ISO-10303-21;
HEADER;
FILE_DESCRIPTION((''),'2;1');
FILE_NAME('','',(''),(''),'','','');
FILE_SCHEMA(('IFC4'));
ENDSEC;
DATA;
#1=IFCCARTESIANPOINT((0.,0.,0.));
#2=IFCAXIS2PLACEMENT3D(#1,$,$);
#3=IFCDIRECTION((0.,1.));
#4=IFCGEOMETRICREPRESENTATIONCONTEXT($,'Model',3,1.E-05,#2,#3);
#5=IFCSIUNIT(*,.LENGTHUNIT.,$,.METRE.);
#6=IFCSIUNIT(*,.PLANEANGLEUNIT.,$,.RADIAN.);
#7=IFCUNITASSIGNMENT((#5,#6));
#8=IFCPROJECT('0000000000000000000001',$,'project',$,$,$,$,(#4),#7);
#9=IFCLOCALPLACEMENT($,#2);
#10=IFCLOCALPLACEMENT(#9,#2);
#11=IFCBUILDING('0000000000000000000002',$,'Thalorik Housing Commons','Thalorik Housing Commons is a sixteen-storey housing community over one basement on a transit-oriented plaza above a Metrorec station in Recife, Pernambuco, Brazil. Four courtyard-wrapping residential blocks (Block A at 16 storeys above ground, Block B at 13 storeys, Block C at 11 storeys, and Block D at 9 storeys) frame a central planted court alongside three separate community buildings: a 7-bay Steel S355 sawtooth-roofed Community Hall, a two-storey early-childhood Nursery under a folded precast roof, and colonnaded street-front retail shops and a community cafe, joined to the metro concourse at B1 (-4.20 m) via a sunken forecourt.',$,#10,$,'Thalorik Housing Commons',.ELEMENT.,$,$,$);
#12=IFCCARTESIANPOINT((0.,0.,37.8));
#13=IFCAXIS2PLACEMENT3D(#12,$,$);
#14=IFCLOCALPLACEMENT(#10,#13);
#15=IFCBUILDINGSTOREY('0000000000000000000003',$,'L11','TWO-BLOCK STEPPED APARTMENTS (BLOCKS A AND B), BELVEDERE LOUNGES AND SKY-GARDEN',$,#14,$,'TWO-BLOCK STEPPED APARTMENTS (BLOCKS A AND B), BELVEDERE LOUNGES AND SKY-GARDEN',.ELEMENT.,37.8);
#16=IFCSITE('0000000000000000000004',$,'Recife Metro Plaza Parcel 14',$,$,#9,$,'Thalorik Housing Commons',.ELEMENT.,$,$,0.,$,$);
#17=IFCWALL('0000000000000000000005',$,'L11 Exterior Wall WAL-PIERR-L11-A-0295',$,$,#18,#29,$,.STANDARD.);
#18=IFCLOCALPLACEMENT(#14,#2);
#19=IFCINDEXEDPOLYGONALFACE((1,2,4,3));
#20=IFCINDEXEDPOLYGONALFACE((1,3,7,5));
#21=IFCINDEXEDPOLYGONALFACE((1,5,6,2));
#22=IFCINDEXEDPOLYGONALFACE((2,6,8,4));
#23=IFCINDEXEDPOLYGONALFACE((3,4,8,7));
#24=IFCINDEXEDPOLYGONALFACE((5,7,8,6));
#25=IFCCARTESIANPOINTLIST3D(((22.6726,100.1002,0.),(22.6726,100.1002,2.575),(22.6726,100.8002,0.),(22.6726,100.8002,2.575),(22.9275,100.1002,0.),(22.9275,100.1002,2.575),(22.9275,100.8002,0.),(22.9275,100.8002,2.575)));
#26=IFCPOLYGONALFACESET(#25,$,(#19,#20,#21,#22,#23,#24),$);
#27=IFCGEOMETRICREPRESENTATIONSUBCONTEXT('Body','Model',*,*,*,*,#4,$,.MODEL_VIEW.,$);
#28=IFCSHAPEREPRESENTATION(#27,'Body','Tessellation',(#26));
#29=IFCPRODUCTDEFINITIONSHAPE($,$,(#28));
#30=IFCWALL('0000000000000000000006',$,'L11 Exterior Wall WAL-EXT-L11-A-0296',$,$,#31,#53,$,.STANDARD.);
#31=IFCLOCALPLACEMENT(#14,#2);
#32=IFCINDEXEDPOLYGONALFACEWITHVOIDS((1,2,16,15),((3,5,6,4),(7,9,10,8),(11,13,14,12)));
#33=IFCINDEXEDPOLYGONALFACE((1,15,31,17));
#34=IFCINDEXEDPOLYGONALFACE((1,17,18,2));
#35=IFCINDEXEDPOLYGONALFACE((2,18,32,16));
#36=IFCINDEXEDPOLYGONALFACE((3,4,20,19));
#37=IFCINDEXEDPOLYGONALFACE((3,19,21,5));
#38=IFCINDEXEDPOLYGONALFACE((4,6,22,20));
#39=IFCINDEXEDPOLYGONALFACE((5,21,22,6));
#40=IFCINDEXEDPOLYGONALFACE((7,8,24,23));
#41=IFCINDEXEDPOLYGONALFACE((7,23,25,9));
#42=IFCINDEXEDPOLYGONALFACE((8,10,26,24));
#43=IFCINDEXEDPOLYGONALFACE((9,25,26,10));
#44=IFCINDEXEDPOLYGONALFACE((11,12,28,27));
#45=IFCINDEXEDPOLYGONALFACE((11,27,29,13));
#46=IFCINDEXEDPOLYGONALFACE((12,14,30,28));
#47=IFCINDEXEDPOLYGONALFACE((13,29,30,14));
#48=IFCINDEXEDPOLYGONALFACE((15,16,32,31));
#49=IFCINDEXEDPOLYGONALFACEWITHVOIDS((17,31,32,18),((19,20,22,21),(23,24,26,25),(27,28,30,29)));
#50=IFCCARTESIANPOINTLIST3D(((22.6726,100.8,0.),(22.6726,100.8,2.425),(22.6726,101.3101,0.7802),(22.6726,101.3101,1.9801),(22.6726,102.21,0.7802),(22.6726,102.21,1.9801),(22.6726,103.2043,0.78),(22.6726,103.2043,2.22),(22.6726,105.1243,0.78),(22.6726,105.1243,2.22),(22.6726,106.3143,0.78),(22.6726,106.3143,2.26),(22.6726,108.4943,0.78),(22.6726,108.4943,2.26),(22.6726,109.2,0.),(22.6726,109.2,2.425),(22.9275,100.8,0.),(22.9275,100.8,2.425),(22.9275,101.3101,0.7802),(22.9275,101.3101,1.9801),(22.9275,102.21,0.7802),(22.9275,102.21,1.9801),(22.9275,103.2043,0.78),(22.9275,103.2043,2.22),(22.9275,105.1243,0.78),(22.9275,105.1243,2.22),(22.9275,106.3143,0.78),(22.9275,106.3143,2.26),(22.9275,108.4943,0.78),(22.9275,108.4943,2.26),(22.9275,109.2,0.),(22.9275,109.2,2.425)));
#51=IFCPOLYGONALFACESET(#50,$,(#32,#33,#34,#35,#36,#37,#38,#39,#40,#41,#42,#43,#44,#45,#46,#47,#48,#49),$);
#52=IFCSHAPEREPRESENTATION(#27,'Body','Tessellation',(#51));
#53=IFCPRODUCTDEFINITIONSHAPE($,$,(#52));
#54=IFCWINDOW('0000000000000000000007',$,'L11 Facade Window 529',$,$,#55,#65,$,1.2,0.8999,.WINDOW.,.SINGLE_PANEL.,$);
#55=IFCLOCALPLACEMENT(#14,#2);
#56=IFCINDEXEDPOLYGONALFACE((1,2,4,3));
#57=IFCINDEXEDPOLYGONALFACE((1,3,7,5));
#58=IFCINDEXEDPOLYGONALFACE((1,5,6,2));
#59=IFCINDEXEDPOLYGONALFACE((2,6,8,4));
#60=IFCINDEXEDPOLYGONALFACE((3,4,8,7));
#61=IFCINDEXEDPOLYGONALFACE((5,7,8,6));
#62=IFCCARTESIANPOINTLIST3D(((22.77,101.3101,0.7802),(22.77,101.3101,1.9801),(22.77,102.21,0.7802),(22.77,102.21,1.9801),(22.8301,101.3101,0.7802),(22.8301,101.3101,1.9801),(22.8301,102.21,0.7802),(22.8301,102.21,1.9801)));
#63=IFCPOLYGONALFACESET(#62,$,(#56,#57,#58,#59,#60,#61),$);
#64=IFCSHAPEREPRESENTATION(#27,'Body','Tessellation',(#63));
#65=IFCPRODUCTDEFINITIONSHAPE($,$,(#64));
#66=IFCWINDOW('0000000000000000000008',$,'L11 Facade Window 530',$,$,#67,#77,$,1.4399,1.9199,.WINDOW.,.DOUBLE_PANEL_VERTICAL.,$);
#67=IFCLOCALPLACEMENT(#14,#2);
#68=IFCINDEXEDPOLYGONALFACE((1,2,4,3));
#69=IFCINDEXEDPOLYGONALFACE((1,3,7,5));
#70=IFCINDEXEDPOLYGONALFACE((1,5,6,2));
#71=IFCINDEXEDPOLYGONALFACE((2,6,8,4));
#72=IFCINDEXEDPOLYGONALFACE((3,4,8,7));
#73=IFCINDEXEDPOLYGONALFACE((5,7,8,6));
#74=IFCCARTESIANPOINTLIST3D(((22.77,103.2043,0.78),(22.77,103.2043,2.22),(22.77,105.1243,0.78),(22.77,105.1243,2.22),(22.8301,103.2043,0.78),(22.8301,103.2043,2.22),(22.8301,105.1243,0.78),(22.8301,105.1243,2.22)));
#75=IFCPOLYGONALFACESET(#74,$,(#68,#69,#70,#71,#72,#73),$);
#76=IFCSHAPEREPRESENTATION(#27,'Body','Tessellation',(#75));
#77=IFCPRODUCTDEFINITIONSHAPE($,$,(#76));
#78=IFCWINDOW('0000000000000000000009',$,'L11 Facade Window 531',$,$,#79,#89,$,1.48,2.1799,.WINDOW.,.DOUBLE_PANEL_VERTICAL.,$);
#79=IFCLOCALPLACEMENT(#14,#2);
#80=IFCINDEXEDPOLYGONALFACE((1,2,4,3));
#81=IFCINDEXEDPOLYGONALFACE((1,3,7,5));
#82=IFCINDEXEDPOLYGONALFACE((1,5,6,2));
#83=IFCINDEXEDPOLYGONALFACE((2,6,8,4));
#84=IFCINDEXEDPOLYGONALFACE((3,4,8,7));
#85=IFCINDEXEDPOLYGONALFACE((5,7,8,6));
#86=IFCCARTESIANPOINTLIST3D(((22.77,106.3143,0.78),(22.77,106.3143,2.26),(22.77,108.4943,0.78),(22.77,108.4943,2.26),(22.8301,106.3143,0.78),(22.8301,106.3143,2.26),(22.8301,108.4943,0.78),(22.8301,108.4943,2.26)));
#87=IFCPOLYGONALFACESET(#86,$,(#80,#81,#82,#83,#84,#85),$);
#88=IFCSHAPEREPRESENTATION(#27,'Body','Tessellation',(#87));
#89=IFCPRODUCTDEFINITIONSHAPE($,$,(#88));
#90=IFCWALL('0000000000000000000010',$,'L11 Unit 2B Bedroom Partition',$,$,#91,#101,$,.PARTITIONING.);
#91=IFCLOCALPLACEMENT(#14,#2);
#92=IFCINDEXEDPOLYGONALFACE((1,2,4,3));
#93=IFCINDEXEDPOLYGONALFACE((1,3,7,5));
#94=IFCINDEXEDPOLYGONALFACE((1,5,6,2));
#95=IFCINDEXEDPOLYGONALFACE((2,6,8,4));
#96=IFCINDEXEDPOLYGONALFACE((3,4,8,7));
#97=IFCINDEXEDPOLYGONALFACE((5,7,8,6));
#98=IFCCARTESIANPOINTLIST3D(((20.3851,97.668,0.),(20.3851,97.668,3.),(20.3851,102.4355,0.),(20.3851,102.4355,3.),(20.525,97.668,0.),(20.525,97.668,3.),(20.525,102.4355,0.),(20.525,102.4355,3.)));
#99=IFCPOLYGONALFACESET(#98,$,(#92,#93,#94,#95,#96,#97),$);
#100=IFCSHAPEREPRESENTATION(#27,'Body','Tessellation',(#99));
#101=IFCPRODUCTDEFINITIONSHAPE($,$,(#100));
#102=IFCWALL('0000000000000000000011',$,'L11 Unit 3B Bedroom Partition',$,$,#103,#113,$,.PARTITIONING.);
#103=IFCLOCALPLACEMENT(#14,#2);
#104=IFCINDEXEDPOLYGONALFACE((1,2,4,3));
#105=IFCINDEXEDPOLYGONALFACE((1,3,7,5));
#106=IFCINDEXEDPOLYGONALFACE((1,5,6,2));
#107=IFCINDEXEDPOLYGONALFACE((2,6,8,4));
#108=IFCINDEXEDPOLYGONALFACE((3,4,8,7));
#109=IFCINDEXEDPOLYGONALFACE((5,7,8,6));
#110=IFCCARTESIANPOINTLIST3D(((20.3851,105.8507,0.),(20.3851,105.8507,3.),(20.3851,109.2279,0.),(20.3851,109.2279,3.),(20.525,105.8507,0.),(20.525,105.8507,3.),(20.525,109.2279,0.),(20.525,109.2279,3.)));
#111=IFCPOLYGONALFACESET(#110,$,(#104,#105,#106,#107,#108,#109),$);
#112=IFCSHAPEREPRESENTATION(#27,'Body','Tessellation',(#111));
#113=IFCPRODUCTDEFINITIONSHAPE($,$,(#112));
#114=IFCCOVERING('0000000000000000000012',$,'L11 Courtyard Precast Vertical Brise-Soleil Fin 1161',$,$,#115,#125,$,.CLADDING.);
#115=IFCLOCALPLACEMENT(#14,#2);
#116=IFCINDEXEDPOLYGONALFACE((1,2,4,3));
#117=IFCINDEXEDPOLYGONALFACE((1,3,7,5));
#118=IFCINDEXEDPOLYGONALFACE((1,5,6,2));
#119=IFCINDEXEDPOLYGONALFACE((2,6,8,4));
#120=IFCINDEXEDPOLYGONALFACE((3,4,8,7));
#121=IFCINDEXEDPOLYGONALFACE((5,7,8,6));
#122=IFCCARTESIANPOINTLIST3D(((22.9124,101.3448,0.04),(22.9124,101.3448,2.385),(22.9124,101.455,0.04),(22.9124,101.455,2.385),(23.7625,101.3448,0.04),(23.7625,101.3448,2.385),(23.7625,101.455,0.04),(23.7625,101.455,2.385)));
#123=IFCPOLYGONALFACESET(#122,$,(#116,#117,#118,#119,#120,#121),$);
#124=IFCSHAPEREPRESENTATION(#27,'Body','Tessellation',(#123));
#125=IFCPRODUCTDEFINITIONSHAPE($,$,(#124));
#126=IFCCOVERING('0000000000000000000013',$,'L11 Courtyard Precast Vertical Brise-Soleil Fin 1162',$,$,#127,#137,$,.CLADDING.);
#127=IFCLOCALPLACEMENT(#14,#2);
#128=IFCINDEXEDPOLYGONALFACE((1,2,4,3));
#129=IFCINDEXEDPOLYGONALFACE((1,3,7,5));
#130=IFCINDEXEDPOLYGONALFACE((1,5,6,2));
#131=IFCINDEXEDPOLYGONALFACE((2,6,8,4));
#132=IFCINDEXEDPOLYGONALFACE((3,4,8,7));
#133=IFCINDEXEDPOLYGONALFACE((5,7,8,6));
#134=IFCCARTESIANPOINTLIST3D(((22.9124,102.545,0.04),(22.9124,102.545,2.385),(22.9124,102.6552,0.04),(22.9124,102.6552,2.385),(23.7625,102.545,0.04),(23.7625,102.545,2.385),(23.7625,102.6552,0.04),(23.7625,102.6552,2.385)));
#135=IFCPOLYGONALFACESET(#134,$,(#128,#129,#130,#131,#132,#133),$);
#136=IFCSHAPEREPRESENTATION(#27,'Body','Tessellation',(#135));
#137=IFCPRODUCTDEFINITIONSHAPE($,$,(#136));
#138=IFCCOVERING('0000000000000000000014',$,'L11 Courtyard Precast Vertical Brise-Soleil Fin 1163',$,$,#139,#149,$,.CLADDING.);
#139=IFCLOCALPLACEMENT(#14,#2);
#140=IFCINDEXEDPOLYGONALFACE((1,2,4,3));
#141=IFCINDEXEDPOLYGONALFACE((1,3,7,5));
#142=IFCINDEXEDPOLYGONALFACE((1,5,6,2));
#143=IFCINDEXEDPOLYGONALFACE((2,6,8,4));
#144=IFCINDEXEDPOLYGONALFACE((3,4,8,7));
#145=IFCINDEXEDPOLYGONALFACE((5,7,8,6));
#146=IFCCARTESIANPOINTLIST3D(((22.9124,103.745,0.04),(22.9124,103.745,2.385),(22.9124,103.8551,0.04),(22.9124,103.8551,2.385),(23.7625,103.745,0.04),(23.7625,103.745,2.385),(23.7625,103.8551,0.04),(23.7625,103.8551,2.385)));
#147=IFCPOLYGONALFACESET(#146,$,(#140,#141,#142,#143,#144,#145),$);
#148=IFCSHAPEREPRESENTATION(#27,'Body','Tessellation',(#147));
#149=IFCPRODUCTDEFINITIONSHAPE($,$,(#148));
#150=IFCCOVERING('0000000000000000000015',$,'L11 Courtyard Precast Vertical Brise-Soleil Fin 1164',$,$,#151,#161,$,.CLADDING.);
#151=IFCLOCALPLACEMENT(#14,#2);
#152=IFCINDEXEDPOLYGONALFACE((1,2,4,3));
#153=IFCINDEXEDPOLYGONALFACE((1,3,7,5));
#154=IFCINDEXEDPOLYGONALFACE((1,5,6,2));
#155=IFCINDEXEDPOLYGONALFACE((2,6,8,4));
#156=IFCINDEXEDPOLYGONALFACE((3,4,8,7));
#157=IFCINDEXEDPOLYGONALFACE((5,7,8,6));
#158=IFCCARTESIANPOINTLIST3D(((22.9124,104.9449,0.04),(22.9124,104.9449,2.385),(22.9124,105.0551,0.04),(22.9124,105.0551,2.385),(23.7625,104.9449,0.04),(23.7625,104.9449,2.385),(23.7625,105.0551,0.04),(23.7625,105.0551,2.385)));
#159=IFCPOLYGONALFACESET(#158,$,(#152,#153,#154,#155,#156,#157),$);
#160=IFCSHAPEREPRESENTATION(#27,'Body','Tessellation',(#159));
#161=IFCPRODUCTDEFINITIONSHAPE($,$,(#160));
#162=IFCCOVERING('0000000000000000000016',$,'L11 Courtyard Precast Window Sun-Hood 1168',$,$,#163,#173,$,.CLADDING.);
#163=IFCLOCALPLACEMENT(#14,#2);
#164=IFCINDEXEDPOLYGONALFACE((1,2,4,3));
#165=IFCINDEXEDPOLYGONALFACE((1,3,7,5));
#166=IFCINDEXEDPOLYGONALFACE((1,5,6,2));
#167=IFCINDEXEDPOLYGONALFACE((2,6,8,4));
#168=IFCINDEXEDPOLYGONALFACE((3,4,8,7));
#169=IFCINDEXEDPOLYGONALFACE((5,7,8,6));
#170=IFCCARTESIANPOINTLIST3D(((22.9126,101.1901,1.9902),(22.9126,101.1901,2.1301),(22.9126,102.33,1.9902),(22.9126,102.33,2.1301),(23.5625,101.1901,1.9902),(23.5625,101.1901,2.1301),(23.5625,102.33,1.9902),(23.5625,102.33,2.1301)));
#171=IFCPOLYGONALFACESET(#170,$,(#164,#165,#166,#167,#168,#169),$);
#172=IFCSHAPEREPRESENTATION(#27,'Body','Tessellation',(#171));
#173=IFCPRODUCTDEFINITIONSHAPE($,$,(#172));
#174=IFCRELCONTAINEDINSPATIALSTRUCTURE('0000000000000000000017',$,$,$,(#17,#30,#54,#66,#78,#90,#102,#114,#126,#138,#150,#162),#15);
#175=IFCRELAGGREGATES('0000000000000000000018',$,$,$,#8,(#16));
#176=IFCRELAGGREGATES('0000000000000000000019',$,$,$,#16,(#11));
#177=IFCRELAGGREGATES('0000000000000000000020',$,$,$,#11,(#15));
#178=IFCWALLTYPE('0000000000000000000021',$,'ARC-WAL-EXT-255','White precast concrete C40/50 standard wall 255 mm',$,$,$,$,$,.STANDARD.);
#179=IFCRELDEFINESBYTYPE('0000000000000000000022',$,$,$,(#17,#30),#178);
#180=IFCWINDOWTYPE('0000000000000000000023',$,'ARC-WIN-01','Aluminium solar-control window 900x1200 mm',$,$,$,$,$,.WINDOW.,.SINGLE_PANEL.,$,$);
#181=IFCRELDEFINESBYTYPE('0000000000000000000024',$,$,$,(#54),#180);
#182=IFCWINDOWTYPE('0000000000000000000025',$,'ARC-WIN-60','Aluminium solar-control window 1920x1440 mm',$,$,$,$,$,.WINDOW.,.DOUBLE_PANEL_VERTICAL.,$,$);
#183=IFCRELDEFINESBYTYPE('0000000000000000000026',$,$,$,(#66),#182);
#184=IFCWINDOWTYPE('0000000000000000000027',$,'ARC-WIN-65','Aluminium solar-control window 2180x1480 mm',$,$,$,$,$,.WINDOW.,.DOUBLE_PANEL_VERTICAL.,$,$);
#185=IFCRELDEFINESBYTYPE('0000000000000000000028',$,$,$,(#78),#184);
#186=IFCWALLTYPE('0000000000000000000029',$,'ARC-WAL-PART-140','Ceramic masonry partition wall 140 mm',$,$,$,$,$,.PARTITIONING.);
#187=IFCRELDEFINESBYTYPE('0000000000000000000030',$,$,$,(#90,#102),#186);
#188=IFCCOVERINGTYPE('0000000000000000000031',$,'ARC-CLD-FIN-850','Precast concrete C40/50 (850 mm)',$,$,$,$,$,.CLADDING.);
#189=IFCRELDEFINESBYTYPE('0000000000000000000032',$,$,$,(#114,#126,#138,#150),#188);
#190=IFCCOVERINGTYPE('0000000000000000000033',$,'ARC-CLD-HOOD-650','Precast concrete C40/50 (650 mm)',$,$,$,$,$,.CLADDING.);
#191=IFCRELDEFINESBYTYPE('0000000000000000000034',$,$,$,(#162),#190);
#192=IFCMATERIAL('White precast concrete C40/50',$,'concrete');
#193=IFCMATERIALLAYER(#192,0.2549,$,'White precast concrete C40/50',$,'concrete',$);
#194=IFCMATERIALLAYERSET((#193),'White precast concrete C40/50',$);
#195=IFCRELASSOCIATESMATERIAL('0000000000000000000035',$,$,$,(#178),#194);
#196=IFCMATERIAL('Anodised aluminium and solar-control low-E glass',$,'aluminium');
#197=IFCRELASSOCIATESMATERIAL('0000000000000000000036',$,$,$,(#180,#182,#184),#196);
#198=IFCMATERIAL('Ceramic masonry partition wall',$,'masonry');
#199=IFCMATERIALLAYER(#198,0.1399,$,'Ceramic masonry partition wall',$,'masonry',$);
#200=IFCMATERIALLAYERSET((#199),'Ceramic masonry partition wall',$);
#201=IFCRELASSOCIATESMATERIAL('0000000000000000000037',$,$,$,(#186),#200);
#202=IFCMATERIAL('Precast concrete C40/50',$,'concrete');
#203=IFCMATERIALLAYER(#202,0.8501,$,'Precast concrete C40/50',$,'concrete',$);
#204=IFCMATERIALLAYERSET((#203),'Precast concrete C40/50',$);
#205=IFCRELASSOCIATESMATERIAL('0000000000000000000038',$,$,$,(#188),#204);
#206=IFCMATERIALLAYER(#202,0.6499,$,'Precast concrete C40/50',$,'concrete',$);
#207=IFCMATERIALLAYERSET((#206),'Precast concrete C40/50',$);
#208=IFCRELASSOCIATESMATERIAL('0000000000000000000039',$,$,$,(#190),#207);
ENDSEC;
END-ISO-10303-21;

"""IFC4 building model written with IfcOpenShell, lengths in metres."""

from ifc_helpers import new_model, si_unit, direction, frame, frame_2d, origin, origin_2d, place, context, subcontext, project, spatial, rectangle, extrude, material, layer, layer_set, type_object, element, fill, save


model = new_model("IFC4")

# Units and contexts
model_context = context("Model", 3, precision=1e-05, world=origin(), true_north=direction((0.0, 1.0)))
body_context = subcontext(model_context, "Body", "Model", "MODEL_VIEW")
ifc_project = project(units=[si_unit("LENGTHUNIT", "METRE"), si_unit("PLANEANGLEUNIT", "RADIAN")], contexts=[model_context])

# Site, building, storey
site_placement = place(None, origin())
site = spatial("IfcSite", under=ifc_project, at=site_placement, Name="Recife Metro Plaza Parcel 14", LongName="Thalorik Housing Commons", CompositionType="ELEMENT", RefElevation=0.0)
building_placement = place(site_placement, origin())
building = spatial("IfcBuilding", under=site, at=building_placement, Name="Thalorik Housing Commons", Description="Thalorik Housing Commons is a sixteen-storey housing community over one basement on a transit-oriented plaza above a Metrorec station in Recife, Pernambuco, Brazil. Four courtyard-wrapping residential blocks (Block A at 16 storeys above ground, Block B at 13 storeys, Block C at 11 storeys, and Block D at 9 storeys) frame a central planted court alongside three separate community buildings: a 7-bay Steel S355 sawtooth-roofed Community Hall, a two-storey early-childhood Nursery under a folded precast roof, and colonnaded street-front retail shops and a community cafe, joined to the metro concourse at B1 (-4.20 m) via a sunken forecourt.", LongName="Thalorik Housing Commons", CompositionType="ELEMENT")
storey_placement = place(building_placement, frame((0.0, 0.0, 37.8)))
storey = spatial("IfcBuildingStorey", under=building, at=storey_placement, Name="L11", Description="TWO-BLOCK STEPPED APARTMENTS (BLOCKS A AND B), BELVEDERE LOUNGES AND SKY-GARDEN", LongName="TWO-BLOCK STEPPED APARTMENTS (BLOCKS A AND B), BELVEDERE LOUNGES AND SKY-GARDEN", CompositionType="ELEMENT", Elevation=37.8)

# Shared definitions
ifc_material_1 = material(Name="Precast concrete C40/50", Category="concrete")

# Shared definitions
ifc_material_2 = material(Name="Anodised aluminium and solar-control low-E glass", Category="aluminium")

# Wall
ifc_material_3 = material(Name="White precast concrete C40/50", Category="concrete")
ifc_layer_1 = layer(ifc_material_3, 0.2549, Name="White precast concrete C40/50", Category="concrete")
ifc_layer_set_1 = layer_set([ifc_layer_1], Name="White precast concrete C40/50")
wall_type_1 = type_object("IfcWallType", Name="ARC-WAL-EXT-255", Description="White precast concrete C40/50 standard wall 255 mm", PredefinedType="STANDARD", material=ifc_layer_set_1)
wall_1_placement = place(storey_placement, frame((22.8, 100.1001, 0.0), z_axis=(0.0, 0.0, 1.0), x_axis=(0.0, 1.0, 0.0)))
element("IfcWall", 1, at=wall_1_placement, inside=storey, type_object=wall_type_1, Name="L11 Exterior Wall WAL-PIERR-L11-A-0295", PredefinedType="STANDARD", context=body_context, shape_type="SweptSolid", body=[
    extrude(rectangle(XDim=0.7, YDim=0.2549, at=frame_2d((0.3501, 0.0))), origin(), (0.0, 0.0, 1.0), 2.575),
])

# Wall, openings, windows
wall_2_placement = place(storey_placement, frame((22.8, 100.8, 0.0), z_axis=(0.0, 0.0, 1.0), x_axis=(0.0, 1.0, 0.0)))
wall_2 = element("IfcWall", 2, at=wall_2_placement, inside=storey, type_object=wall_type_1, Name="L11 Exterior Wall WAL-EXT-L11-A-0296", PredefinedType="STANDARD", context=body_context, shape_type="SweptSolid", body=[
    extrude(rectangle(XDim=8.3999, YDim=0.2549, at=frame_2d((4.2, 0.0))), origin(), (0.0, 0.0, 1.0), 2.425),
])
opening_1_placement = place(wall_2_placement, frame((0.51, 0.0, 0.78)))
opening_1 = element("IfcOpeningElement", 3, at=opening_1_placement, cuts=wall_2, PredefinedType="OPENING", context=body_context, shape_type="SweptSolid", body=[
    extrude(rectangle(XDim=0.8999, YDim=1.2, at=frame_2d((0.45, 0.6001))), frame((0.0, 0.1375, 0.0), z_axis=(0.0, -1.0, 0.0), x_axis=(1.0, 0.0, 0.0)), (0.0, 0.0, 1.0), 0.2749),
])
opening_2_placement = place(wall_2_placement, frame((2.4043, 0.0, 0.78)))
opening_2 = element("IfcOpeningElement", 4, at=opening_2_placement, cuts=wall_2, PredefinedType="OPENING", context=body_context, shape_type="SweptSolid", body=[
    extrude(rectangle(XDim=1.9199, YDim=1.4399, at=frame_2d((0.96, 0.72))), frame((0.0, 0.1375, 0.0), z_axis=(0.0, -1.0, 0.0), x_axis=(1.0, 0.0, 0.0)), (0.0, 0.0, 1.0), 0.2749),
])
opening_3_placement = place(wall_2_placement, frame((5.5144, 0.0, 0.78)))
opening_3 = element("IfcOpeningElement", 5, at=opening_3_placement, cuts=wall_2, PredefinedType="OPENING", context=body_context, shape_type="SweptSolid", body=[
    extrude(rectangle(XDim=2.1799, YDim=1.48, at=frame_2d((1.0898, 0.74))), frame((0.0, 0.1375, 0.0), z_axis=(0.0, -1.0, 0.0), x_axis=(1.0, 0.0, 0.0)), (0.0, 0.0, 1.0), 0.2749),
])
window_type_1 = type_object("IfcWindowType", Name="ARC-WIN-01", Description="Aluminium solar-control window 900x1200 mm", PartitioningType="SINGLE_PANEL", PredefinedType="WINDOW", material=ifc_material_2)
window_1_placement = place(opening_1_placement, origin())
window_1 = element("IfcWindow", 6, at=window_1_placement, inside=storey, type_object=window_type_1, Name="L11 Facade Window 529", OverallHeight=1.2, OverallWidth=0.8999, PartitioningType="SINGLE_PANEL", PredefinedType="WINDOW", context=body_context, shape_type="SweptSolid", body=[
    extrude(rectangle(XDim=0.8999, YDim=1.2, at=frame_2d((0.45, 0.6001))), frame((0.0, 0.03, 0.0), z_axis=(0.0, -1.0, 0.0), x_axis=(1.0, 0.0, 0.0)), (0.0, 0.0, 1.0), 0.0601),
])
fill(opening_1, window_1)
window_type_2 = type_object("IfcWindowType", Name="ARC-WIN-60", Description="Aluminium solar-control window 1920x1440 mm", PartitioningType="DOUBLE_PANEL_VERTICAL", PredefinedType="WINDOW", material=ifc_material_2)
window_2_placement = place(opening_2_placement, origin())
window_2 = element("IfcWindow", 7, at=window_2_placement, inside=storey, type_object=window_type_2, Name="L11 Facade Window 530", OverallHeight=1.4399, OverallWidth=1.9199, PartitioningType="DOUBLE_PANEL_VERTICAL", PredefinedType="WINDOW", context=body_context, shape_type="SweptSolid", body=[
    extrude(rectangle(XDim=1.9199, YDim=1.4399, at=frame_2d((0.96, 0.72))), frame((0.0, 0.03, 0.0), z_axis=(0.0, -1.0, 0.0), x_axis=(1.0, 0.0, 0.0)), (0.0, 0.0, 1.0), 0.0601),
])
fill(opening_2, window_2)
window_type_3 = type_object("IfcWindowType", Name="ARC-WIN-65", Description="Aluminium solar-control window 2180x1480 mm", PartitioningType="DOUBLE_PANEL_VERTICAL", PredefinedType="WINDOW", material=ifc_material_2)
window_3_placement = place(opening_3_placement, origin())
window_3 = element("IfcWindow", 8, at=window_3_placement, inside=storey, type_object=window_type_3, Name="L11 Facade Window 531", OverallHeight=1.48, OverallWidth=2.1799, PartitioningType="DOUBLE_PANEL_VERTICAL", PredefinedType="WINDOW", context=body_context, shape_type="SweptSolid", body=[
    extrude(rectangle(XDim=2.1799, YDim=1.48, at=frame_2d((1.0898, 0.74))), frame((0.0, 0.03, 0.0), z_axis=(0.0, -1.0, 0.0), x_axis=(1.0, 0.0, 0.0)), (0.0, 0.0, 1.0), 0.0601),
])
fill(opening_3, window_3)

# Walls
ifc_material_4 = material(Name="Ceramic masonry partition wall", Category="masonry")
ifc_layer_2 = layer(ifc_material_4, 0.1399, Name="Ceramic masonry partition wall", Category="masonry")
ifc_layer_set_2 = layer_set([ifc_layer_2], Name="Ceramic masonry partition wall")
wall_type_2 = type_object("IfcWallType", Name="ARC-WAL-PART-140", Description="Ceramic masonry partition wall 140 mm", PredefinedType="PARTITIONING", material=ifc_layer_set_2)
wall_3_placement = place(storey_placement, frame((20.4551, 97.668, 0.0), z_axis=(0.0, 0.0, 1.0), x_axis=(0.0, 1.0, 0.0)))
element("IfcWall", 9, at=wall_3_placement, inside=storey, type_object=wall_type_2, Name="L11 Unit 2B Bedroom Partition", PredefinedType="PARTITIONING", context=body_context, shape_type="SweptSolid", body=[
    extrude(rectangle(XDim=4.7676, YDim=0.1399, at=frame_2d((2.3838, 0.0))), origin(), (0.0, 0.0, 1.0), 3.0),
])
wall_4_placement = place(storey_placement, frame((20.4551, 105.8508, 0.0), z_axis=(0.0, 0.0, 1.0), x_axis=(0.0, 1.0, 0.0)))
element("IfcWall", 10, at=wall_4_placement, inside=storey, type_object=wall_type_2, Name="L11 Unit 3B Bedroom Partition", PredefinedType="PARTITIONING", context=body_context, shape_type="SweptSolid", body=[
    extrude(rectangle(XDim=3.3772, YDim=0.1399, at=frame_2d((1.6885, 0.0))), origin(), (0.0, 0.0, 1.0), 3.0),
])

# Coverings
ifc_layer_3 = layer(ifc_material_1, 0.8501, Name="Precast concrete C40/50", Category="concrete")
ifc_layer_set_3 = layer_set([ifc_layer_3], Name="Precast concrete C40/50")
covering_type_1 = type_object("IfcCoveringType", Name="ARC-CLD-FIN-850", Description="Precast concrete C40/50 (850 mm)", PredefinedType="CLADDING", material=ifc_layer_set_3)
for number, where, z_axis, x_axis, name in (
    (11, (23.3374, 101.3999, 0.04), (0.0, 0.0, 1.0), (0.0, 1.0, 0.0), "L11 Courtyard Precast Vertical Brise-Soleil Fin 1161"),
    (12, (23.3374, 102.6001, 0.04), (0.0, 0.0, 1.0), (0.0, 1.0, 0.0), "L11 Courtyard Precast Vertical Brise-Soleil Fin 1162"),
    (13, (23.3374, 103.8, 0.04), (0.0, 0.0, 1.0), (0.0, 1.0, 0.0), "L11 Courtyard Precast Vertical Brise-Soleil Fin 1163"),
    (14, (23.3374, 105.0, 0.04), (0.0, 0.0, 1.0), (0.0, 1.0, 0.0), "L11 Courtyard Precast Vertical Brise-Soleil Fin 1164"),
):
    element("IfcCovering", number, at=place(storey_placement, frame(where, z_axis=z_axis, x_axis=x_axis)), inside=storey, type_object=covering_type_1, Name=name, PredefinedType="CLADDING", context=body_context, shape_type="SweptSolid", body=[
        extrude(rectangle(XDim=0.1101, YDim=0.8501, at=origin_2d()), origin(), (0.0, 0.0, 1.0), 2.345),
    ])
ifc_layer_4 = layer(ifc_material_1, 0.6499, Name="Precast concrete C40/50", Category="concrete")
ifc_layer_set_4 = layer_set([ifc_layer_4], Name="Precast concrete C40/50")
covering_type_2 = type_object("IfcCoveringType", Name="ARC-CLD-HOOD-650", Description="Precast concrete C40/50 (650 mm)", PredefinedType="CLADDING", material=ifc_layer_set_4)
covering_1_placement = place(storey_placement, frame((23.2375, 101.76, 1.9902), z_axis=(0.0, 0.0, 1.0), x_axis=(0.0, 1.0, 0.0)))
element("IfcCovering", 15, at=covering_1_placement, inside=storey, type_object=covering_type_2, Name="L11 Courtyard Precast Window Sun-Hood 1168", PredefinedType="CLADDING", context=body_context, shape_type="SweptSolid", body=[
    extrude(rectangle(XDim=1.1399, YDim=0.6499, at=origin_2d()), origin(), (0.0, 0.0, 1.0), 0.1399),
])

save(model, "model.ifc")
